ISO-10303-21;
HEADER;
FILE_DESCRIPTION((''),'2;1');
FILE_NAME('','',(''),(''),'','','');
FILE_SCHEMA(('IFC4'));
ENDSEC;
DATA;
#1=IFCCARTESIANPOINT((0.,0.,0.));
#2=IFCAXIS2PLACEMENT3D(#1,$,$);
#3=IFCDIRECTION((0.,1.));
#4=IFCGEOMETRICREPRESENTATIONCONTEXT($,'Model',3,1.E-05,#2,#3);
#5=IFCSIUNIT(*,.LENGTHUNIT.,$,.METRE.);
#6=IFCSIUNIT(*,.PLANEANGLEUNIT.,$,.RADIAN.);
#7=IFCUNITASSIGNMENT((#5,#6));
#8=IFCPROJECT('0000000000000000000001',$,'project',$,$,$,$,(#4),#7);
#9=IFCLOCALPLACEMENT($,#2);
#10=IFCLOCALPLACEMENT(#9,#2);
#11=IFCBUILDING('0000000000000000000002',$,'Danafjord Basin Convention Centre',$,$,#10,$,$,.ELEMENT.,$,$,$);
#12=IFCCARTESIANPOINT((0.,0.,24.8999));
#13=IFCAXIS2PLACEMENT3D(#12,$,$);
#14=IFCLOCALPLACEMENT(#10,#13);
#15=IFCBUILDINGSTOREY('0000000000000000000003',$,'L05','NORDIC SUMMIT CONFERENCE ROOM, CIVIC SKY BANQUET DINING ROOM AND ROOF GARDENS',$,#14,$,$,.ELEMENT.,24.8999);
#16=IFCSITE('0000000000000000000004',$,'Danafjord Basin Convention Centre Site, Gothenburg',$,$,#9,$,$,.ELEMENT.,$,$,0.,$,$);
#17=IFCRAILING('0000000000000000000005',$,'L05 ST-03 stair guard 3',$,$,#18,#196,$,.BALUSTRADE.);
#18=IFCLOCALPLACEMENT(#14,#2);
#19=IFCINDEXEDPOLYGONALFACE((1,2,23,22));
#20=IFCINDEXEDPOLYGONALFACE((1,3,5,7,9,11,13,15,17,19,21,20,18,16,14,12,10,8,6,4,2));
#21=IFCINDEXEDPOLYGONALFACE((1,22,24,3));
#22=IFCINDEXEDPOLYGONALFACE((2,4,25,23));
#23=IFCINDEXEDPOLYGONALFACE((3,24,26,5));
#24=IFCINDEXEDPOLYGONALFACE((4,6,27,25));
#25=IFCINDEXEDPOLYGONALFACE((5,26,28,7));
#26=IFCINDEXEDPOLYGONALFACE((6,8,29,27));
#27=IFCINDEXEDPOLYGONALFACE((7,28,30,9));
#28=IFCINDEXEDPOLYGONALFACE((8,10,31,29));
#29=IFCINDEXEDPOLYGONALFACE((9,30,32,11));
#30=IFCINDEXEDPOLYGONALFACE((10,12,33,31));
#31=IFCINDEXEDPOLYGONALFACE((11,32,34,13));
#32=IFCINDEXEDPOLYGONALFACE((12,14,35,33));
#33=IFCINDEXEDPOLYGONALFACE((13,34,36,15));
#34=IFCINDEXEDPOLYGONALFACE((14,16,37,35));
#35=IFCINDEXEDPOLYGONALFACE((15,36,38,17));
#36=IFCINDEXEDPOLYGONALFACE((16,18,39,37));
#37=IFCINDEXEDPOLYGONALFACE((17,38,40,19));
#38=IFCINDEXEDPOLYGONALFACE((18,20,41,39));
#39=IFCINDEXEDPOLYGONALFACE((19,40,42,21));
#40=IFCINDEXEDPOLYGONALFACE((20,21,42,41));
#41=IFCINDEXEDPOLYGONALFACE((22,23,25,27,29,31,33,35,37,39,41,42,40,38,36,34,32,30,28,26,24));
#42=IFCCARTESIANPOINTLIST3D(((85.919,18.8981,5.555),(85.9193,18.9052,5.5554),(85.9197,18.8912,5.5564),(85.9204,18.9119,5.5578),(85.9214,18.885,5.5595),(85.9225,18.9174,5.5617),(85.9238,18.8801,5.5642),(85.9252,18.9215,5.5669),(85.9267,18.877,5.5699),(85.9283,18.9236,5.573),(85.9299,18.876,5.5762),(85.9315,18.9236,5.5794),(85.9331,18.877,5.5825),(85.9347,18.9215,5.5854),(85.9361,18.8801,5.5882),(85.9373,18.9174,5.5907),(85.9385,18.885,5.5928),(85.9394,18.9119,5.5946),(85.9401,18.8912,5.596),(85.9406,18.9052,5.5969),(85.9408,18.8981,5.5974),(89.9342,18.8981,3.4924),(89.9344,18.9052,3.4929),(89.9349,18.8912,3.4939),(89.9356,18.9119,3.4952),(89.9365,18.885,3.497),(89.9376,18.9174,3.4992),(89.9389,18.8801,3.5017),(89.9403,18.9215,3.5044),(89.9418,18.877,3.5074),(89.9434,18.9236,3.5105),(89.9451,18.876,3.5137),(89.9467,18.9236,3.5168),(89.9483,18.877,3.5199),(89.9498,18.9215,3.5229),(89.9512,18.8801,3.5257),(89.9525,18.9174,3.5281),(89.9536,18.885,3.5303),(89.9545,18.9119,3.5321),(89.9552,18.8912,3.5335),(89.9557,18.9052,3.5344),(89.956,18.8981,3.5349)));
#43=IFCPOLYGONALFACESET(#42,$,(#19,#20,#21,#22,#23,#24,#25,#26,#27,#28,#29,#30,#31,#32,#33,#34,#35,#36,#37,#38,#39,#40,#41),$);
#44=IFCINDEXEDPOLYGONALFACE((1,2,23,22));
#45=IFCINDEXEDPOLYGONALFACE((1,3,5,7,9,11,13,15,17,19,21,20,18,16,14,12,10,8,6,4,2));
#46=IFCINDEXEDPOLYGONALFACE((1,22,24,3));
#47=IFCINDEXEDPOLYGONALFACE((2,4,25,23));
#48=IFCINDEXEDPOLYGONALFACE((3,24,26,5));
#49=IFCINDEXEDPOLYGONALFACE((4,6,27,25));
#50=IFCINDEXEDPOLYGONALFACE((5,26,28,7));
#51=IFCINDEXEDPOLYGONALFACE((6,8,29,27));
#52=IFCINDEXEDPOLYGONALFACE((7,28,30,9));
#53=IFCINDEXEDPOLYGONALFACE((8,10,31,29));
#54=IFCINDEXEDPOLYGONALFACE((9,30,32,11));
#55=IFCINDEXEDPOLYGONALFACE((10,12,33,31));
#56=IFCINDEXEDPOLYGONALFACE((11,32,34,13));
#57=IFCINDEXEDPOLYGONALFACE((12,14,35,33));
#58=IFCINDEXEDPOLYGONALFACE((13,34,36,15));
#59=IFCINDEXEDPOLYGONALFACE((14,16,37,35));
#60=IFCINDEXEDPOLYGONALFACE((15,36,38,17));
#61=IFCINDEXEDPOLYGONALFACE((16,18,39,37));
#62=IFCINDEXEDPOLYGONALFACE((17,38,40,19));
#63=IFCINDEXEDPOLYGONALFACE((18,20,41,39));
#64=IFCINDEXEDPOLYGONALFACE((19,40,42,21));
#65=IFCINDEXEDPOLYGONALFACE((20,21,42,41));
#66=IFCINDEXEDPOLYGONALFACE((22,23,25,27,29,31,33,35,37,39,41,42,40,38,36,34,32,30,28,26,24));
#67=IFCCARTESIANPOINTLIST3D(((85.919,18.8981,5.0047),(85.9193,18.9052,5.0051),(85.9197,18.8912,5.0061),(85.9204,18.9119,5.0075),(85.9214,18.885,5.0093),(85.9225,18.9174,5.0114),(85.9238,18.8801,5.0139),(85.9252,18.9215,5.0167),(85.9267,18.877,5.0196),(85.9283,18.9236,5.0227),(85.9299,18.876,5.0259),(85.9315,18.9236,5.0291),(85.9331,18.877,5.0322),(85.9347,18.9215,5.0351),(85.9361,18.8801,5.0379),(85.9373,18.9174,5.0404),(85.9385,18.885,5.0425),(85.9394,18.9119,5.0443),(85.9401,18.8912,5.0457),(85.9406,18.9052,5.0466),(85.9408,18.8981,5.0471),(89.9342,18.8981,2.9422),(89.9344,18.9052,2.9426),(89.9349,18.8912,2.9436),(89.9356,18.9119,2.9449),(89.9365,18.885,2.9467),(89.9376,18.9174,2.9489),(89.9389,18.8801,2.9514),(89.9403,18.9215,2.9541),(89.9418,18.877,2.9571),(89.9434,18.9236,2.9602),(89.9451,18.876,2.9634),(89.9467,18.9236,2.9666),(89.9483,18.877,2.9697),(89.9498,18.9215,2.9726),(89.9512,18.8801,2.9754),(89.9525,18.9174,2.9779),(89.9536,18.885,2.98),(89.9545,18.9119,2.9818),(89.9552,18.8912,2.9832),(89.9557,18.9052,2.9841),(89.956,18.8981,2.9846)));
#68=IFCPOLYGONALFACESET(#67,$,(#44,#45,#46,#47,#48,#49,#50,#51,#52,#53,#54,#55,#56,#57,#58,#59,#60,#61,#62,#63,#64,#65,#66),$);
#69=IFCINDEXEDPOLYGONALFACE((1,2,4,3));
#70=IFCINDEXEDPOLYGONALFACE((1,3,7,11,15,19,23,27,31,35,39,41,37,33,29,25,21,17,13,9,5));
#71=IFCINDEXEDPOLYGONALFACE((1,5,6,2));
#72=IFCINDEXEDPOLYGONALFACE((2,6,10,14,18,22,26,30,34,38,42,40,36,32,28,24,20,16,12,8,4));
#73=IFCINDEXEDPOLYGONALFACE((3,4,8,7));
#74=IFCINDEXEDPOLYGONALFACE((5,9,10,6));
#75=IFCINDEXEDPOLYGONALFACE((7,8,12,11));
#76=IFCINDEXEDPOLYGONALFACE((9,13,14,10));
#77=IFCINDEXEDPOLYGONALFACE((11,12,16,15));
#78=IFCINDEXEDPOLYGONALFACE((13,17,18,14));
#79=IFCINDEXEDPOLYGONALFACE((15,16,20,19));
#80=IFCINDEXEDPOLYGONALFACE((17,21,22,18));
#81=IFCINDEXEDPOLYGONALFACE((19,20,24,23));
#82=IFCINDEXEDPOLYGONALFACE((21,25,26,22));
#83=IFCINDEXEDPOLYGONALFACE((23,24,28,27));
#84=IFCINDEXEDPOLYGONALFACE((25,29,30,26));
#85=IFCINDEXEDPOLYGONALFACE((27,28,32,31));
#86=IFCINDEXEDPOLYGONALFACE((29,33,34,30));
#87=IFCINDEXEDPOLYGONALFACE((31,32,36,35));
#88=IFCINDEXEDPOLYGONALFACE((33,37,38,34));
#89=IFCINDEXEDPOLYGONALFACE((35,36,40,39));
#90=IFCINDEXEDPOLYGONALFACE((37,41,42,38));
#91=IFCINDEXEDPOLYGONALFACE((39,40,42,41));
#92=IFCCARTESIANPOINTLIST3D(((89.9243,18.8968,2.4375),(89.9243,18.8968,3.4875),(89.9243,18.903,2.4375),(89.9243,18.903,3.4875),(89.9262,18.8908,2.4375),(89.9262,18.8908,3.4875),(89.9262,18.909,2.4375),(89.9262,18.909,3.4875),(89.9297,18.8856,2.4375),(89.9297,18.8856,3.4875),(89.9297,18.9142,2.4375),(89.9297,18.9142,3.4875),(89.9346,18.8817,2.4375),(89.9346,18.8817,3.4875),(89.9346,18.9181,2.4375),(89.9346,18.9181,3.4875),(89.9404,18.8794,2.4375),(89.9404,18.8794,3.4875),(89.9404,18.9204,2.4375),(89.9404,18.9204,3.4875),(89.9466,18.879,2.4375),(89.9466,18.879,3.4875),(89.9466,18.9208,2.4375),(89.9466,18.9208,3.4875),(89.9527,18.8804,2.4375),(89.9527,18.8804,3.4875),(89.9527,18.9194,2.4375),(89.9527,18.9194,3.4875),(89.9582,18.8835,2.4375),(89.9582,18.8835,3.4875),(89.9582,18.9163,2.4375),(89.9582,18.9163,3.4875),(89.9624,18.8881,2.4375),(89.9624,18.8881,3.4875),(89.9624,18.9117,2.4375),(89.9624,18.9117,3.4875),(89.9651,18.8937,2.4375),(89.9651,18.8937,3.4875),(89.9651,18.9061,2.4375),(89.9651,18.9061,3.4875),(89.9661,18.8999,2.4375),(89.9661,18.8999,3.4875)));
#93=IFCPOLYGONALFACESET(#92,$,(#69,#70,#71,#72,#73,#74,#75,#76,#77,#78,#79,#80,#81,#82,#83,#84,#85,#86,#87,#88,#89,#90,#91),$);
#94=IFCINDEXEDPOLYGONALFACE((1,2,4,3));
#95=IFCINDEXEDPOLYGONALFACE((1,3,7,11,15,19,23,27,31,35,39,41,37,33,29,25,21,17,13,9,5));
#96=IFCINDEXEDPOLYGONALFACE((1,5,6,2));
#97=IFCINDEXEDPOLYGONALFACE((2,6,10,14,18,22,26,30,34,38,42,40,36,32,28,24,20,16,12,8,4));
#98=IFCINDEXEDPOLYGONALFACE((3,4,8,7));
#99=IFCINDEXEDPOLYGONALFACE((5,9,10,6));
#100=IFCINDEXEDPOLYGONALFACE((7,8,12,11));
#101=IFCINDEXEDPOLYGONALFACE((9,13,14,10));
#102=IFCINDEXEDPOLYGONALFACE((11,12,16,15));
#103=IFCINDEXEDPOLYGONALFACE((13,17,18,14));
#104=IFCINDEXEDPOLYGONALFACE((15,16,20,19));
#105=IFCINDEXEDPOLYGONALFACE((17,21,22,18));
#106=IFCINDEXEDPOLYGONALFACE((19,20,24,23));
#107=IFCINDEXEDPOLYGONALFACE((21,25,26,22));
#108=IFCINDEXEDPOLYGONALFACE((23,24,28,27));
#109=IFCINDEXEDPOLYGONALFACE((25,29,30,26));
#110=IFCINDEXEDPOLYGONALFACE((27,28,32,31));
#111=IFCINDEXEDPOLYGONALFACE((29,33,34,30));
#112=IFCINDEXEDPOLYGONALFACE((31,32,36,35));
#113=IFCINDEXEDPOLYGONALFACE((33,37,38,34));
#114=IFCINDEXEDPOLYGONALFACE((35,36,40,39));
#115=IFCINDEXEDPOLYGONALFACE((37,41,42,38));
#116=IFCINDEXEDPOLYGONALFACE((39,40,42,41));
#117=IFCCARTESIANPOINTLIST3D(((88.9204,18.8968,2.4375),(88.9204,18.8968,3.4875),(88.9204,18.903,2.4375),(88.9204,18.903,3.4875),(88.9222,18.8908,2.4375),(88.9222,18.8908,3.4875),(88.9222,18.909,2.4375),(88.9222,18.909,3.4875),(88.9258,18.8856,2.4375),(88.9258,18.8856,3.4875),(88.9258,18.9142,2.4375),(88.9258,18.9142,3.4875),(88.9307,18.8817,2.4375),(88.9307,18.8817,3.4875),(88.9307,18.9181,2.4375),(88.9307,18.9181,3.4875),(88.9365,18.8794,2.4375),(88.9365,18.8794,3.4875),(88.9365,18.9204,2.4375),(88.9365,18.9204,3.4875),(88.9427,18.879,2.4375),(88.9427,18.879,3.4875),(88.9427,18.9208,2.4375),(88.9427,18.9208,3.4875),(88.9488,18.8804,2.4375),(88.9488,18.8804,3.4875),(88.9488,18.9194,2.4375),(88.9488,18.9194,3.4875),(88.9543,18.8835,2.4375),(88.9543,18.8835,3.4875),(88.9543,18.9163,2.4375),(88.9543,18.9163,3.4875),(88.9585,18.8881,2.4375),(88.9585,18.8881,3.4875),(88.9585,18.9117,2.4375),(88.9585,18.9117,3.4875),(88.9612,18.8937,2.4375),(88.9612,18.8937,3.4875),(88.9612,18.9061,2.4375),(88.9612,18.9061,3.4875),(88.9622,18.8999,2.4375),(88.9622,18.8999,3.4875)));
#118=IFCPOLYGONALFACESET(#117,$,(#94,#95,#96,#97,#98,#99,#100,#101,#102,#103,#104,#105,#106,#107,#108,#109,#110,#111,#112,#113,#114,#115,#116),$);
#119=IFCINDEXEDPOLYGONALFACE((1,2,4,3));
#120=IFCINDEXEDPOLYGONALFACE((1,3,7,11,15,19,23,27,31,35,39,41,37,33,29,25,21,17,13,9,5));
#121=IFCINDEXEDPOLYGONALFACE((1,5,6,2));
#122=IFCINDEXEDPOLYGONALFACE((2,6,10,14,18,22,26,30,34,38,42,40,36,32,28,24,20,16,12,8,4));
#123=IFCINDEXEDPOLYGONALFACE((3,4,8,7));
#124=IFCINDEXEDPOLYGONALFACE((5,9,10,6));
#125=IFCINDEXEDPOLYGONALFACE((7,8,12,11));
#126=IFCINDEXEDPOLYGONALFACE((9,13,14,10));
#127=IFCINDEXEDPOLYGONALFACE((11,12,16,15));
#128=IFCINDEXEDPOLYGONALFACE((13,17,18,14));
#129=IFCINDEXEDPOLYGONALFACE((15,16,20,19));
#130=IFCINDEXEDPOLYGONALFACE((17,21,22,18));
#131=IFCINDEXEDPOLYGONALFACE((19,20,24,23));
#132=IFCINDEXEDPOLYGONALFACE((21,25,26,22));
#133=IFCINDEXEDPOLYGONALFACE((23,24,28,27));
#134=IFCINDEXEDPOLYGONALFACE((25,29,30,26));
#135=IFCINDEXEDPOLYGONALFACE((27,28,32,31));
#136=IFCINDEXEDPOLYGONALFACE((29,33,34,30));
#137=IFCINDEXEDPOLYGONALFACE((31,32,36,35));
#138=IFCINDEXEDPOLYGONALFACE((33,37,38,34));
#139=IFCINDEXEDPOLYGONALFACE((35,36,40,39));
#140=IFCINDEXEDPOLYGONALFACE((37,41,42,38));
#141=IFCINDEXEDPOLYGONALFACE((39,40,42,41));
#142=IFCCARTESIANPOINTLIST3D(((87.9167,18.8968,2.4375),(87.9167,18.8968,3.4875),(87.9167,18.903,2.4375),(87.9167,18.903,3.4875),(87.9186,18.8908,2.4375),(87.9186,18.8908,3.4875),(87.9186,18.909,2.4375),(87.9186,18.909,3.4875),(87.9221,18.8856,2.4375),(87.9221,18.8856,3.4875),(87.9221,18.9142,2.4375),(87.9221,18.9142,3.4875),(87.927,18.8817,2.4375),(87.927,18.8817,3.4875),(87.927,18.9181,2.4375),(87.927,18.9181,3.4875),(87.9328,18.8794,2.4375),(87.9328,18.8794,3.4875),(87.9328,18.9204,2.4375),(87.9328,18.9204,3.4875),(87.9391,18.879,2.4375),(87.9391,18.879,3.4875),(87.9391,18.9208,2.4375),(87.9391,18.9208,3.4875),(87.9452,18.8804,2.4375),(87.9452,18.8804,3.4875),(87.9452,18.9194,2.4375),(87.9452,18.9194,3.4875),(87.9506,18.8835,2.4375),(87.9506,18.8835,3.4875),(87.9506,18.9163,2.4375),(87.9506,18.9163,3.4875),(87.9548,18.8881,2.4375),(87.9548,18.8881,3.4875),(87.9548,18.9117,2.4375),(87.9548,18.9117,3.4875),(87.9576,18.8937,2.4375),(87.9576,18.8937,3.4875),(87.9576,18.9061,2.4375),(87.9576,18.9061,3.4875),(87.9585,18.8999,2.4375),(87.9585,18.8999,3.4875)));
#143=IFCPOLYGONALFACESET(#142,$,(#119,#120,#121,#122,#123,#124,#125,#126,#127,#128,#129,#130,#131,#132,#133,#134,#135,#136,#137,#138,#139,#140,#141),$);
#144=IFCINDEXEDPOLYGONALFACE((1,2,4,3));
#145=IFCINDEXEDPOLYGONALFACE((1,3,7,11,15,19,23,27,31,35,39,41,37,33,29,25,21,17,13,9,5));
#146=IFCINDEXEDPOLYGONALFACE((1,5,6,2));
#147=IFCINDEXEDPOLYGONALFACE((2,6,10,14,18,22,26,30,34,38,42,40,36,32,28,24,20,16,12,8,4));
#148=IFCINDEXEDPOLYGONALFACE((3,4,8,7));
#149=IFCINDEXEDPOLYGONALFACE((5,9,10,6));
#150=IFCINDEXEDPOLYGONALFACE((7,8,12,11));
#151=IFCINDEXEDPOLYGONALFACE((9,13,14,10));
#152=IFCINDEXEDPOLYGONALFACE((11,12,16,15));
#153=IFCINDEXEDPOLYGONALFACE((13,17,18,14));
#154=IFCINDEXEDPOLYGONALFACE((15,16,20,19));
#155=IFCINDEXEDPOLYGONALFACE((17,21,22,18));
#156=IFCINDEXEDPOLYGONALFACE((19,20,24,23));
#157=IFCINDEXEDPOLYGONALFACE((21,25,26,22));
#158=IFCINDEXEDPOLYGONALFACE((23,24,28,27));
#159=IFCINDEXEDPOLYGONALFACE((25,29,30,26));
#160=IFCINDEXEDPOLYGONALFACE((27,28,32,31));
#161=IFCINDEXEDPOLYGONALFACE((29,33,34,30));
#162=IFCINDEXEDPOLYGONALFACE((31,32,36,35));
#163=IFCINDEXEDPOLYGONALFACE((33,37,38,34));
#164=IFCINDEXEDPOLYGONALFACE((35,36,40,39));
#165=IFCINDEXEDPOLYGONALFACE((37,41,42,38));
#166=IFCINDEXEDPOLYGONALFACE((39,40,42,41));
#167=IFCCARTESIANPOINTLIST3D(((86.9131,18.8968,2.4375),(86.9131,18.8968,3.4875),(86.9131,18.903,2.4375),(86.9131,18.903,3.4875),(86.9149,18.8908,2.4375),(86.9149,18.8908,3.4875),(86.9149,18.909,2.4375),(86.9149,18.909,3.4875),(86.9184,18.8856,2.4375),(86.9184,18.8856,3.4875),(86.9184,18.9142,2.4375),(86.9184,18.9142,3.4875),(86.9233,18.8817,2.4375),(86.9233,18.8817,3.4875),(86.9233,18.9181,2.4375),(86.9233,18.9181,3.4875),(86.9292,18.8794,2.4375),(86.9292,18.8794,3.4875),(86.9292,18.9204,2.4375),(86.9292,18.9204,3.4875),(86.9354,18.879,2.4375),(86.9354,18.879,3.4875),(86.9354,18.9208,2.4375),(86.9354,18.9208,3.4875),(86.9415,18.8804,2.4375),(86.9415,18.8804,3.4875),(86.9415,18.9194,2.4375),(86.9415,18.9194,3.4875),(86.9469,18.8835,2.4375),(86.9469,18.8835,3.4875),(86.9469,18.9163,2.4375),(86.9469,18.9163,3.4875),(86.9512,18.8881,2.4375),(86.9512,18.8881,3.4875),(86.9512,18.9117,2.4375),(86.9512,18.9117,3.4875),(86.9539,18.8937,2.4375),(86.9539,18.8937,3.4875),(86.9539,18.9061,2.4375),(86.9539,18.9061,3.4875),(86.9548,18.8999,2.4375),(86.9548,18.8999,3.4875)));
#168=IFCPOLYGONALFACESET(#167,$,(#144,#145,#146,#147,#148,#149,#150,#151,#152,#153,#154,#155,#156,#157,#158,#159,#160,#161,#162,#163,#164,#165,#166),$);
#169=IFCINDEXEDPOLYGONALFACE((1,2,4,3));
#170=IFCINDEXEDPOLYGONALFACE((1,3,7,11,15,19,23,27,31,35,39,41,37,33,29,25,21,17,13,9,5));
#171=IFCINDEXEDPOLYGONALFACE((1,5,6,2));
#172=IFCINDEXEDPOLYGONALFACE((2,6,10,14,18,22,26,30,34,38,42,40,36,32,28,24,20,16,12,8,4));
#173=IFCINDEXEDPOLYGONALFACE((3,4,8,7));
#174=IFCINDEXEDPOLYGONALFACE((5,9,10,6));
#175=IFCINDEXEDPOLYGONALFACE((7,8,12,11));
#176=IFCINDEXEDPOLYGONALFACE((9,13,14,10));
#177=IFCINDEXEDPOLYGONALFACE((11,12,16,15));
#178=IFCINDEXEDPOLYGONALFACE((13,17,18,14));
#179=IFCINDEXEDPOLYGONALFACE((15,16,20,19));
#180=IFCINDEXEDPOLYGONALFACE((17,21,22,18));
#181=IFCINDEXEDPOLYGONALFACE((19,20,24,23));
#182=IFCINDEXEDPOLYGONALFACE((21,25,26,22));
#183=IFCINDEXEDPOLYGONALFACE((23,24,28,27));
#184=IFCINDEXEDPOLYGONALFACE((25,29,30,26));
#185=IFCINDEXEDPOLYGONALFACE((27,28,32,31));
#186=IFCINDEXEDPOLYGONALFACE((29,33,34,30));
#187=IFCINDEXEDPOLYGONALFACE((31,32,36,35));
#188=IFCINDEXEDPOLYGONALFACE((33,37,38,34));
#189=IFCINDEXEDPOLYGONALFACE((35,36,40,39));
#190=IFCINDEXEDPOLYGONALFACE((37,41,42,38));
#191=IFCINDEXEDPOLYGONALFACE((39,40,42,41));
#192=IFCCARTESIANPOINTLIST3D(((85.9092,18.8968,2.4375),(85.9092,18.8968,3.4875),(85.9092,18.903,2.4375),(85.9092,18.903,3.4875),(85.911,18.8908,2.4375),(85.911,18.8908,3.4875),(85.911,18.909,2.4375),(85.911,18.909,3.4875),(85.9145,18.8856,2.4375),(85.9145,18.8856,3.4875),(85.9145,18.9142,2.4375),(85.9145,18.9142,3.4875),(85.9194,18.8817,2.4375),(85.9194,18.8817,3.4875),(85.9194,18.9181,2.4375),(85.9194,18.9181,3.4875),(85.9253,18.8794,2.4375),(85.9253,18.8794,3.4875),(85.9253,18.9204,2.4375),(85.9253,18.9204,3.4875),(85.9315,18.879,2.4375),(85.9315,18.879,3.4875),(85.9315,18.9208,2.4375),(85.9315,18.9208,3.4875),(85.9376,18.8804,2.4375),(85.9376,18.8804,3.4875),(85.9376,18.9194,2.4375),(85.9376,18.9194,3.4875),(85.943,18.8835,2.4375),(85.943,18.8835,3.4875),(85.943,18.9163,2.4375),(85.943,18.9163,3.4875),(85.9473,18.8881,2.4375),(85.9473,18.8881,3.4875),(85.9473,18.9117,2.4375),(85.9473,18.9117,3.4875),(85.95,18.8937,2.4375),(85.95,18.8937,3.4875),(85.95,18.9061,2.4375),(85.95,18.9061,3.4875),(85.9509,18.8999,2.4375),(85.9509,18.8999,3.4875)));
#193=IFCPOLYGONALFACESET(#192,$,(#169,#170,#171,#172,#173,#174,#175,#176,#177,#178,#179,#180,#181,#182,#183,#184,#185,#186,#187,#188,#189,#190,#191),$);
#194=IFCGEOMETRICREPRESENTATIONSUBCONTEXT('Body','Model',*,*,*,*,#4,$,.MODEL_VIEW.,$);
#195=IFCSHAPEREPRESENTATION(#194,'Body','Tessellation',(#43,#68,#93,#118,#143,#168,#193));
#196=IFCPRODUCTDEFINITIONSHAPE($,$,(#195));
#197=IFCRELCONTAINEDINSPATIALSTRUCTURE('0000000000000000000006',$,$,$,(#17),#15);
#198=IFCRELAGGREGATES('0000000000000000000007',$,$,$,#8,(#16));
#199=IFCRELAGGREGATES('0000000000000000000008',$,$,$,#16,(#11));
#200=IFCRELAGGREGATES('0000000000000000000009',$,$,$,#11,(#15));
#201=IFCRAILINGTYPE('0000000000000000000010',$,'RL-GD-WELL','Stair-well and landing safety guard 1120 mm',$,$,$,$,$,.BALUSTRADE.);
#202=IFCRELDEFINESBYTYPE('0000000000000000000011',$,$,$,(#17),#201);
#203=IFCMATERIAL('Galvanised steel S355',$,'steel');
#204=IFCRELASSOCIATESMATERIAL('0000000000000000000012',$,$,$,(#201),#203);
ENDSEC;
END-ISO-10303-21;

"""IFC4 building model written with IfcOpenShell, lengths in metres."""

from ifc_helpers import new_model, si_unit, direction, frame, origin, origin_2d, place, context, subcontext, project, spatial, circle, extrude, material, type_object, element, save


model = new_model("IFC4")

# Units and contexts
model_context = context("Model", 3, precision=1e-05, world=origin(), true_north=direction((0.0, 1.0)))
body_context = subcontext(model_context, "Body", "Model", "MODEL_VIEW")
ifc_project = project(units=[si_unit("LENGTHUNIT", "METRE"), si_unit("PLANEANGLEUNIT", "RADIAN")], contexts=[model_context])

# Site, building, storey
site_placement = place(None, origin())
site = spatial("IfcSite", under=ifc_project, at=site_placement, Name="Danafjord Basin Convention Centre Site, Gothenburg", CompositionType="ELEMENT", RefElevation=0.0)
building_placement = place(site_placement, origin())
building = spatial("IfcBuilding", under=site, at=building_placement, Name="Danafjord Basin Convention Centre", CompositionType="ELEMENT")
storey_placement = place(building_placement, frame((0.0, 0.0, 24.8999)))
storey = spatial("IfcBuildingStorey", under=building, at=storey_placement, Name="L05", Description="NORDIC SUMMIT CONFERENCE ROOM, CIVIC SKY BANQUET DINING ROOM AND ROOF GARDENS", CompositionType="ELEMENT", Elevation=24.8999)

# Railing
ifc_material_1 = material(Name="Galvanised steel S355", Category="steel")
railing_type_1 = type_object("IfcRailingType", Name="RL-GD-WELL", Description="Stair-well and landing safety guard 1120 mm", PredefinedType="BALUSTRADE", material=ifc_material_1)
railing_1_placement = place(storey_placement, frame((89.9451, 18.8999, 2.4375)))
element("IfcRailing", 1, at=railing_1_placement, inside=storey, type_object=railing_type_1, Name="L05 ST-03 stair guard 3", PredefinedType="BALUSTRADE", context=body_context, shape_type="SweptSolid", body=[
    extrude(circle(Radius=0.0239, at=origin_2d()), frame((0.0, 0.0, 1.0762), z_axis=(-0.889506, 0.0, 0.456923), x_axis=(0.0, -1.0, 0.0)), (0.0, 0.0, 1.0), 4.5139),
    extrude(circle(Radius=0.0239, at=origin_2d()), frame((0.0, 0.0, 0.5259), z_axis=(-0.889506, 0.0, 0.456923), x_axis=(0.0, -1.0, 0.0)), (0.0, 0.0, 1.0), 4.5139),
    extrude(circle(Radius=0.021, at=origin_2d()), origin(), (0.0, 0.0, 1.0), 1.05),
    extrude(circle(Radius=0.021, at=origin_2d()), frame((-1.0039, 0.0, 0.0)), (0.0, 0.0, 1.0), 1.05),
    extrude(circle(Radius=0.021, at=origin_2d()), frame((-2.0076, 0.0, 0.0)), (0.0, 0.0, 1.0), 1.05),
    extrude(circle(Radius=0.021, at=origin_2d()), frame((-3.0112, 0.0, 0.0)), (0.0, 0.0, 1.0), 1.05),
    extrude(circle(Radius=0.021, at=origin_2d()), frame((-4.0151, 0.0, 0.0)), (0.0, 0.0, 1.0), 1.05),
])

save(model, "model.ifc")
